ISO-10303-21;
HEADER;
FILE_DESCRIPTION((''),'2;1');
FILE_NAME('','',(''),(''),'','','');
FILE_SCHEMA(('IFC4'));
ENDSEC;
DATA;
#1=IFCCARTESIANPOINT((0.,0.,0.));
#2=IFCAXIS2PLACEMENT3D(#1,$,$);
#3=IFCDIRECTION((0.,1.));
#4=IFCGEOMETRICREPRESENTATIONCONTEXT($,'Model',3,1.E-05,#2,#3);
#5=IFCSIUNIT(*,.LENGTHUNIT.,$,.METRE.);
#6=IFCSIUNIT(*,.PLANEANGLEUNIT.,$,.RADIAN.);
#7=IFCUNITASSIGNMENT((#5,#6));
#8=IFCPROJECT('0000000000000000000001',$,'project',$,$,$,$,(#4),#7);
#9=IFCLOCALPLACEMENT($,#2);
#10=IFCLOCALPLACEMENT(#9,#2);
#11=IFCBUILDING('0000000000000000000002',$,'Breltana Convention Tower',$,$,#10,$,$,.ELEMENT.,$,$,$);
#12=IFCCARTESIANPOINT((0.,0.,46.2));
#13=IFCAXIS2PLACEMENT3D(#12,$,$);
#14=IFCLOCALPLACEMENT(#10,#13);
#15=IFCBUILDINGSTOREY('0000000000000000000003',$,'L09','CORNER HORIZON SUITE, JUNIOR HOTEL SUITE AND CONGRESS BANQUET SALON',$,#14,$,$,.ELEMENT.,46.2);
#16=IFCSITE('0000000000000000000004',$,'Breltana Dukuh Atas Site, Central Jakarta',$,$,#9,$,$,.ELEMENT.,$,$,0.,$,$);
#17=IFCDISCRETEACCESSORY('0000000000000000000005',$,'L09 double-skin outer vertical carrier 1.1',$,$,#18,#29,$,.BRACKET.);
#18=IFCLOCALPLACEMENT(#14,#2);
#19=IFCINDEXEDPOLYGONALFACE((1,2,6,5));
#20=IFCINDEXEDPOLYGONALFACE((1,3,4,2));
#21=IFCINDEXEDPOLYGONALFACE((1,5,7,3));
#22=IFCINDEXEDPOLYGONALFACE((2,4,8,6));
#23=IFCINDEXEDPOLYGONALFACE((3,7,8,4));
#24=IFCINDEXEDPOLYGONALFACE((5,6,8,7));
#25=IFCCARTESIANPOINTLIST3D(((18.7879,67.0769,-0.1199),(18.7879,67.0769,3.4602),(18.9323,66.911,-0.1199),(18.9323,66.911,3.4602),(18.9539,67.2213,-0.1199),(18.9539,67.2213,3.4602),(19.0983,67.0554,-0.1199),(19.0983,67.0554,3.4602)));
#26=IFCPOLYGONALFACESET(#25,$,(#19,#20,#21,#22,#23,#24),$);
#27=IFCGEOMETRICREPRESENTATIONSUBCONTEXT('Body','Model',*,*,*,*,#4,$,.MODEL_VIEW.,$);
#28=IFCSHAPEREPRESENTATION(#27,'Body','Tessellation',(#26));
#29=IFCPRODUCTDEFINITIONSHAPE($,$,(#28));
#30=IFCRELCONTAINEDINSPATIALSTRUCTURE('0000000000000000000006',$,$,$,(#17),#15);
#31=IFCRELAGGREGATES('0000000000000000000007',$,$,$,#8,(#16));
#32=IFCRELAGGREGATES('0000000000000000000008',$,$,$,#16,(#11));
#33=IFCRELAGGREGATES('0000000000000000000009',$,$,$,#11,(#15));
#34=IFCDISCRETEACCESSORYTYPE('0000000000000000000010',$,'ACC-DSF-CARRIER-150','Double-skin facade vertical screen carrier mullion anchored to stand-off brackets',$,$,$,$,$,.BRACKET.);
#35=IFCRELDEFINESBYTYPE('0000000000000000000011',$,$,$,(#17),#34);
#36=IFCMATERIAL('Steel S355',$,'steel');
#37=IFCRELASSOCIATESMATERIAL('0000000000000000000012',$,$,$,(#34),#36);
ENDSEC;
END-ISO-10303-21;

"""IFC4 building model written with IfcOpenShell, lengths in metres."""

from ifc_helpers import new_model, si_unit, direction, frame, origin, origin_2d, place, context, subcontext, project, spatial, rectangle, extrude, source, transform, mapped, material, type_object, element, save


model = new_model("IFC4")

# Units and contexts
model_context = context("Model", 3, precision=1e-05, world=origin(), true_north=direction((0.0, 1.0)))
body_context = subcontext(model_context, "Body", "Model", "MODEL_VIEW")
ifc_project = project(units=[si_unit("LENGTHUNIT", "METRE"), si_unit("PLANEANGLEUNIT", "RADIAN")], contexts=[model_context])

# Site, building, storey
site_placement = place(None, origin())
site = spatial("IfcSite", under=ifc_project, at=site_placement, Name="Breltana Dukuh Atas Site, Central Jakarta", CompositionType="ELEMENT", RefElevation=0.0)
building_placement = place(site_placement, origin())
building = spatial("IfcBuilding", under=site, at=building_placement, Name="Breltana Convention Tower", CompositionType="ELEMENT")
storey_placement = place(building_placement, frame((0.0, 0.0, 46.2)))
storey = spatial("IfcBuildingStorey", under=building, at=storey_placement, Name="L09", Description="CORNER HORIZON SUITE, JUNIOR HOTEL SUITE AND CONGRESS BANQUET SALON", CompositionType="ELEMENT", Elevation=46.2)

# Discrete accessory
ifc_material_1 = material(Name="Steel S355", Category="steel")
discrete_accessory_type_1 = type_object("IfcDiscreteAccessoryType", Name="ACC-DSF-CARRIER-150", Description="Double-skin facade vertical screen carrier mullion anchored to stand-off brackets", PredefinedType="BRACKET", material=ifc_material_1)
shared_shape_1 = source(origin(), body_context, "Body", "SweptSolid", [
    extrude(rectangle(XDim=0.22, YDim=0.22, at=origin_2d()), origin(), (0.0, 0.0, 1.0), 3.5801),
])
discrete_accessory_placement = place(storey_placement, frame((18.9431, 67.0662, -0.1199), z_axis=(0.0, 0.0, 1.0), x_axis=(-0.656457, 0.754364, 0.0)))
element("IfcDiscreteAccessory", 1, at=discrete_accessory_placement, inside=storey, type_object=discrete_accessory_type_1, Name="L09 double-skin outer vertical carrier 1.1", PredefinedType="BRACKET", context=body_context, shape_type="MappedRepresentation", body=[
    mapped(shared_shape_1, transform((0.0, 0.0, 0.0), scale=1.0)),
])

save(model, "model.ifc")
